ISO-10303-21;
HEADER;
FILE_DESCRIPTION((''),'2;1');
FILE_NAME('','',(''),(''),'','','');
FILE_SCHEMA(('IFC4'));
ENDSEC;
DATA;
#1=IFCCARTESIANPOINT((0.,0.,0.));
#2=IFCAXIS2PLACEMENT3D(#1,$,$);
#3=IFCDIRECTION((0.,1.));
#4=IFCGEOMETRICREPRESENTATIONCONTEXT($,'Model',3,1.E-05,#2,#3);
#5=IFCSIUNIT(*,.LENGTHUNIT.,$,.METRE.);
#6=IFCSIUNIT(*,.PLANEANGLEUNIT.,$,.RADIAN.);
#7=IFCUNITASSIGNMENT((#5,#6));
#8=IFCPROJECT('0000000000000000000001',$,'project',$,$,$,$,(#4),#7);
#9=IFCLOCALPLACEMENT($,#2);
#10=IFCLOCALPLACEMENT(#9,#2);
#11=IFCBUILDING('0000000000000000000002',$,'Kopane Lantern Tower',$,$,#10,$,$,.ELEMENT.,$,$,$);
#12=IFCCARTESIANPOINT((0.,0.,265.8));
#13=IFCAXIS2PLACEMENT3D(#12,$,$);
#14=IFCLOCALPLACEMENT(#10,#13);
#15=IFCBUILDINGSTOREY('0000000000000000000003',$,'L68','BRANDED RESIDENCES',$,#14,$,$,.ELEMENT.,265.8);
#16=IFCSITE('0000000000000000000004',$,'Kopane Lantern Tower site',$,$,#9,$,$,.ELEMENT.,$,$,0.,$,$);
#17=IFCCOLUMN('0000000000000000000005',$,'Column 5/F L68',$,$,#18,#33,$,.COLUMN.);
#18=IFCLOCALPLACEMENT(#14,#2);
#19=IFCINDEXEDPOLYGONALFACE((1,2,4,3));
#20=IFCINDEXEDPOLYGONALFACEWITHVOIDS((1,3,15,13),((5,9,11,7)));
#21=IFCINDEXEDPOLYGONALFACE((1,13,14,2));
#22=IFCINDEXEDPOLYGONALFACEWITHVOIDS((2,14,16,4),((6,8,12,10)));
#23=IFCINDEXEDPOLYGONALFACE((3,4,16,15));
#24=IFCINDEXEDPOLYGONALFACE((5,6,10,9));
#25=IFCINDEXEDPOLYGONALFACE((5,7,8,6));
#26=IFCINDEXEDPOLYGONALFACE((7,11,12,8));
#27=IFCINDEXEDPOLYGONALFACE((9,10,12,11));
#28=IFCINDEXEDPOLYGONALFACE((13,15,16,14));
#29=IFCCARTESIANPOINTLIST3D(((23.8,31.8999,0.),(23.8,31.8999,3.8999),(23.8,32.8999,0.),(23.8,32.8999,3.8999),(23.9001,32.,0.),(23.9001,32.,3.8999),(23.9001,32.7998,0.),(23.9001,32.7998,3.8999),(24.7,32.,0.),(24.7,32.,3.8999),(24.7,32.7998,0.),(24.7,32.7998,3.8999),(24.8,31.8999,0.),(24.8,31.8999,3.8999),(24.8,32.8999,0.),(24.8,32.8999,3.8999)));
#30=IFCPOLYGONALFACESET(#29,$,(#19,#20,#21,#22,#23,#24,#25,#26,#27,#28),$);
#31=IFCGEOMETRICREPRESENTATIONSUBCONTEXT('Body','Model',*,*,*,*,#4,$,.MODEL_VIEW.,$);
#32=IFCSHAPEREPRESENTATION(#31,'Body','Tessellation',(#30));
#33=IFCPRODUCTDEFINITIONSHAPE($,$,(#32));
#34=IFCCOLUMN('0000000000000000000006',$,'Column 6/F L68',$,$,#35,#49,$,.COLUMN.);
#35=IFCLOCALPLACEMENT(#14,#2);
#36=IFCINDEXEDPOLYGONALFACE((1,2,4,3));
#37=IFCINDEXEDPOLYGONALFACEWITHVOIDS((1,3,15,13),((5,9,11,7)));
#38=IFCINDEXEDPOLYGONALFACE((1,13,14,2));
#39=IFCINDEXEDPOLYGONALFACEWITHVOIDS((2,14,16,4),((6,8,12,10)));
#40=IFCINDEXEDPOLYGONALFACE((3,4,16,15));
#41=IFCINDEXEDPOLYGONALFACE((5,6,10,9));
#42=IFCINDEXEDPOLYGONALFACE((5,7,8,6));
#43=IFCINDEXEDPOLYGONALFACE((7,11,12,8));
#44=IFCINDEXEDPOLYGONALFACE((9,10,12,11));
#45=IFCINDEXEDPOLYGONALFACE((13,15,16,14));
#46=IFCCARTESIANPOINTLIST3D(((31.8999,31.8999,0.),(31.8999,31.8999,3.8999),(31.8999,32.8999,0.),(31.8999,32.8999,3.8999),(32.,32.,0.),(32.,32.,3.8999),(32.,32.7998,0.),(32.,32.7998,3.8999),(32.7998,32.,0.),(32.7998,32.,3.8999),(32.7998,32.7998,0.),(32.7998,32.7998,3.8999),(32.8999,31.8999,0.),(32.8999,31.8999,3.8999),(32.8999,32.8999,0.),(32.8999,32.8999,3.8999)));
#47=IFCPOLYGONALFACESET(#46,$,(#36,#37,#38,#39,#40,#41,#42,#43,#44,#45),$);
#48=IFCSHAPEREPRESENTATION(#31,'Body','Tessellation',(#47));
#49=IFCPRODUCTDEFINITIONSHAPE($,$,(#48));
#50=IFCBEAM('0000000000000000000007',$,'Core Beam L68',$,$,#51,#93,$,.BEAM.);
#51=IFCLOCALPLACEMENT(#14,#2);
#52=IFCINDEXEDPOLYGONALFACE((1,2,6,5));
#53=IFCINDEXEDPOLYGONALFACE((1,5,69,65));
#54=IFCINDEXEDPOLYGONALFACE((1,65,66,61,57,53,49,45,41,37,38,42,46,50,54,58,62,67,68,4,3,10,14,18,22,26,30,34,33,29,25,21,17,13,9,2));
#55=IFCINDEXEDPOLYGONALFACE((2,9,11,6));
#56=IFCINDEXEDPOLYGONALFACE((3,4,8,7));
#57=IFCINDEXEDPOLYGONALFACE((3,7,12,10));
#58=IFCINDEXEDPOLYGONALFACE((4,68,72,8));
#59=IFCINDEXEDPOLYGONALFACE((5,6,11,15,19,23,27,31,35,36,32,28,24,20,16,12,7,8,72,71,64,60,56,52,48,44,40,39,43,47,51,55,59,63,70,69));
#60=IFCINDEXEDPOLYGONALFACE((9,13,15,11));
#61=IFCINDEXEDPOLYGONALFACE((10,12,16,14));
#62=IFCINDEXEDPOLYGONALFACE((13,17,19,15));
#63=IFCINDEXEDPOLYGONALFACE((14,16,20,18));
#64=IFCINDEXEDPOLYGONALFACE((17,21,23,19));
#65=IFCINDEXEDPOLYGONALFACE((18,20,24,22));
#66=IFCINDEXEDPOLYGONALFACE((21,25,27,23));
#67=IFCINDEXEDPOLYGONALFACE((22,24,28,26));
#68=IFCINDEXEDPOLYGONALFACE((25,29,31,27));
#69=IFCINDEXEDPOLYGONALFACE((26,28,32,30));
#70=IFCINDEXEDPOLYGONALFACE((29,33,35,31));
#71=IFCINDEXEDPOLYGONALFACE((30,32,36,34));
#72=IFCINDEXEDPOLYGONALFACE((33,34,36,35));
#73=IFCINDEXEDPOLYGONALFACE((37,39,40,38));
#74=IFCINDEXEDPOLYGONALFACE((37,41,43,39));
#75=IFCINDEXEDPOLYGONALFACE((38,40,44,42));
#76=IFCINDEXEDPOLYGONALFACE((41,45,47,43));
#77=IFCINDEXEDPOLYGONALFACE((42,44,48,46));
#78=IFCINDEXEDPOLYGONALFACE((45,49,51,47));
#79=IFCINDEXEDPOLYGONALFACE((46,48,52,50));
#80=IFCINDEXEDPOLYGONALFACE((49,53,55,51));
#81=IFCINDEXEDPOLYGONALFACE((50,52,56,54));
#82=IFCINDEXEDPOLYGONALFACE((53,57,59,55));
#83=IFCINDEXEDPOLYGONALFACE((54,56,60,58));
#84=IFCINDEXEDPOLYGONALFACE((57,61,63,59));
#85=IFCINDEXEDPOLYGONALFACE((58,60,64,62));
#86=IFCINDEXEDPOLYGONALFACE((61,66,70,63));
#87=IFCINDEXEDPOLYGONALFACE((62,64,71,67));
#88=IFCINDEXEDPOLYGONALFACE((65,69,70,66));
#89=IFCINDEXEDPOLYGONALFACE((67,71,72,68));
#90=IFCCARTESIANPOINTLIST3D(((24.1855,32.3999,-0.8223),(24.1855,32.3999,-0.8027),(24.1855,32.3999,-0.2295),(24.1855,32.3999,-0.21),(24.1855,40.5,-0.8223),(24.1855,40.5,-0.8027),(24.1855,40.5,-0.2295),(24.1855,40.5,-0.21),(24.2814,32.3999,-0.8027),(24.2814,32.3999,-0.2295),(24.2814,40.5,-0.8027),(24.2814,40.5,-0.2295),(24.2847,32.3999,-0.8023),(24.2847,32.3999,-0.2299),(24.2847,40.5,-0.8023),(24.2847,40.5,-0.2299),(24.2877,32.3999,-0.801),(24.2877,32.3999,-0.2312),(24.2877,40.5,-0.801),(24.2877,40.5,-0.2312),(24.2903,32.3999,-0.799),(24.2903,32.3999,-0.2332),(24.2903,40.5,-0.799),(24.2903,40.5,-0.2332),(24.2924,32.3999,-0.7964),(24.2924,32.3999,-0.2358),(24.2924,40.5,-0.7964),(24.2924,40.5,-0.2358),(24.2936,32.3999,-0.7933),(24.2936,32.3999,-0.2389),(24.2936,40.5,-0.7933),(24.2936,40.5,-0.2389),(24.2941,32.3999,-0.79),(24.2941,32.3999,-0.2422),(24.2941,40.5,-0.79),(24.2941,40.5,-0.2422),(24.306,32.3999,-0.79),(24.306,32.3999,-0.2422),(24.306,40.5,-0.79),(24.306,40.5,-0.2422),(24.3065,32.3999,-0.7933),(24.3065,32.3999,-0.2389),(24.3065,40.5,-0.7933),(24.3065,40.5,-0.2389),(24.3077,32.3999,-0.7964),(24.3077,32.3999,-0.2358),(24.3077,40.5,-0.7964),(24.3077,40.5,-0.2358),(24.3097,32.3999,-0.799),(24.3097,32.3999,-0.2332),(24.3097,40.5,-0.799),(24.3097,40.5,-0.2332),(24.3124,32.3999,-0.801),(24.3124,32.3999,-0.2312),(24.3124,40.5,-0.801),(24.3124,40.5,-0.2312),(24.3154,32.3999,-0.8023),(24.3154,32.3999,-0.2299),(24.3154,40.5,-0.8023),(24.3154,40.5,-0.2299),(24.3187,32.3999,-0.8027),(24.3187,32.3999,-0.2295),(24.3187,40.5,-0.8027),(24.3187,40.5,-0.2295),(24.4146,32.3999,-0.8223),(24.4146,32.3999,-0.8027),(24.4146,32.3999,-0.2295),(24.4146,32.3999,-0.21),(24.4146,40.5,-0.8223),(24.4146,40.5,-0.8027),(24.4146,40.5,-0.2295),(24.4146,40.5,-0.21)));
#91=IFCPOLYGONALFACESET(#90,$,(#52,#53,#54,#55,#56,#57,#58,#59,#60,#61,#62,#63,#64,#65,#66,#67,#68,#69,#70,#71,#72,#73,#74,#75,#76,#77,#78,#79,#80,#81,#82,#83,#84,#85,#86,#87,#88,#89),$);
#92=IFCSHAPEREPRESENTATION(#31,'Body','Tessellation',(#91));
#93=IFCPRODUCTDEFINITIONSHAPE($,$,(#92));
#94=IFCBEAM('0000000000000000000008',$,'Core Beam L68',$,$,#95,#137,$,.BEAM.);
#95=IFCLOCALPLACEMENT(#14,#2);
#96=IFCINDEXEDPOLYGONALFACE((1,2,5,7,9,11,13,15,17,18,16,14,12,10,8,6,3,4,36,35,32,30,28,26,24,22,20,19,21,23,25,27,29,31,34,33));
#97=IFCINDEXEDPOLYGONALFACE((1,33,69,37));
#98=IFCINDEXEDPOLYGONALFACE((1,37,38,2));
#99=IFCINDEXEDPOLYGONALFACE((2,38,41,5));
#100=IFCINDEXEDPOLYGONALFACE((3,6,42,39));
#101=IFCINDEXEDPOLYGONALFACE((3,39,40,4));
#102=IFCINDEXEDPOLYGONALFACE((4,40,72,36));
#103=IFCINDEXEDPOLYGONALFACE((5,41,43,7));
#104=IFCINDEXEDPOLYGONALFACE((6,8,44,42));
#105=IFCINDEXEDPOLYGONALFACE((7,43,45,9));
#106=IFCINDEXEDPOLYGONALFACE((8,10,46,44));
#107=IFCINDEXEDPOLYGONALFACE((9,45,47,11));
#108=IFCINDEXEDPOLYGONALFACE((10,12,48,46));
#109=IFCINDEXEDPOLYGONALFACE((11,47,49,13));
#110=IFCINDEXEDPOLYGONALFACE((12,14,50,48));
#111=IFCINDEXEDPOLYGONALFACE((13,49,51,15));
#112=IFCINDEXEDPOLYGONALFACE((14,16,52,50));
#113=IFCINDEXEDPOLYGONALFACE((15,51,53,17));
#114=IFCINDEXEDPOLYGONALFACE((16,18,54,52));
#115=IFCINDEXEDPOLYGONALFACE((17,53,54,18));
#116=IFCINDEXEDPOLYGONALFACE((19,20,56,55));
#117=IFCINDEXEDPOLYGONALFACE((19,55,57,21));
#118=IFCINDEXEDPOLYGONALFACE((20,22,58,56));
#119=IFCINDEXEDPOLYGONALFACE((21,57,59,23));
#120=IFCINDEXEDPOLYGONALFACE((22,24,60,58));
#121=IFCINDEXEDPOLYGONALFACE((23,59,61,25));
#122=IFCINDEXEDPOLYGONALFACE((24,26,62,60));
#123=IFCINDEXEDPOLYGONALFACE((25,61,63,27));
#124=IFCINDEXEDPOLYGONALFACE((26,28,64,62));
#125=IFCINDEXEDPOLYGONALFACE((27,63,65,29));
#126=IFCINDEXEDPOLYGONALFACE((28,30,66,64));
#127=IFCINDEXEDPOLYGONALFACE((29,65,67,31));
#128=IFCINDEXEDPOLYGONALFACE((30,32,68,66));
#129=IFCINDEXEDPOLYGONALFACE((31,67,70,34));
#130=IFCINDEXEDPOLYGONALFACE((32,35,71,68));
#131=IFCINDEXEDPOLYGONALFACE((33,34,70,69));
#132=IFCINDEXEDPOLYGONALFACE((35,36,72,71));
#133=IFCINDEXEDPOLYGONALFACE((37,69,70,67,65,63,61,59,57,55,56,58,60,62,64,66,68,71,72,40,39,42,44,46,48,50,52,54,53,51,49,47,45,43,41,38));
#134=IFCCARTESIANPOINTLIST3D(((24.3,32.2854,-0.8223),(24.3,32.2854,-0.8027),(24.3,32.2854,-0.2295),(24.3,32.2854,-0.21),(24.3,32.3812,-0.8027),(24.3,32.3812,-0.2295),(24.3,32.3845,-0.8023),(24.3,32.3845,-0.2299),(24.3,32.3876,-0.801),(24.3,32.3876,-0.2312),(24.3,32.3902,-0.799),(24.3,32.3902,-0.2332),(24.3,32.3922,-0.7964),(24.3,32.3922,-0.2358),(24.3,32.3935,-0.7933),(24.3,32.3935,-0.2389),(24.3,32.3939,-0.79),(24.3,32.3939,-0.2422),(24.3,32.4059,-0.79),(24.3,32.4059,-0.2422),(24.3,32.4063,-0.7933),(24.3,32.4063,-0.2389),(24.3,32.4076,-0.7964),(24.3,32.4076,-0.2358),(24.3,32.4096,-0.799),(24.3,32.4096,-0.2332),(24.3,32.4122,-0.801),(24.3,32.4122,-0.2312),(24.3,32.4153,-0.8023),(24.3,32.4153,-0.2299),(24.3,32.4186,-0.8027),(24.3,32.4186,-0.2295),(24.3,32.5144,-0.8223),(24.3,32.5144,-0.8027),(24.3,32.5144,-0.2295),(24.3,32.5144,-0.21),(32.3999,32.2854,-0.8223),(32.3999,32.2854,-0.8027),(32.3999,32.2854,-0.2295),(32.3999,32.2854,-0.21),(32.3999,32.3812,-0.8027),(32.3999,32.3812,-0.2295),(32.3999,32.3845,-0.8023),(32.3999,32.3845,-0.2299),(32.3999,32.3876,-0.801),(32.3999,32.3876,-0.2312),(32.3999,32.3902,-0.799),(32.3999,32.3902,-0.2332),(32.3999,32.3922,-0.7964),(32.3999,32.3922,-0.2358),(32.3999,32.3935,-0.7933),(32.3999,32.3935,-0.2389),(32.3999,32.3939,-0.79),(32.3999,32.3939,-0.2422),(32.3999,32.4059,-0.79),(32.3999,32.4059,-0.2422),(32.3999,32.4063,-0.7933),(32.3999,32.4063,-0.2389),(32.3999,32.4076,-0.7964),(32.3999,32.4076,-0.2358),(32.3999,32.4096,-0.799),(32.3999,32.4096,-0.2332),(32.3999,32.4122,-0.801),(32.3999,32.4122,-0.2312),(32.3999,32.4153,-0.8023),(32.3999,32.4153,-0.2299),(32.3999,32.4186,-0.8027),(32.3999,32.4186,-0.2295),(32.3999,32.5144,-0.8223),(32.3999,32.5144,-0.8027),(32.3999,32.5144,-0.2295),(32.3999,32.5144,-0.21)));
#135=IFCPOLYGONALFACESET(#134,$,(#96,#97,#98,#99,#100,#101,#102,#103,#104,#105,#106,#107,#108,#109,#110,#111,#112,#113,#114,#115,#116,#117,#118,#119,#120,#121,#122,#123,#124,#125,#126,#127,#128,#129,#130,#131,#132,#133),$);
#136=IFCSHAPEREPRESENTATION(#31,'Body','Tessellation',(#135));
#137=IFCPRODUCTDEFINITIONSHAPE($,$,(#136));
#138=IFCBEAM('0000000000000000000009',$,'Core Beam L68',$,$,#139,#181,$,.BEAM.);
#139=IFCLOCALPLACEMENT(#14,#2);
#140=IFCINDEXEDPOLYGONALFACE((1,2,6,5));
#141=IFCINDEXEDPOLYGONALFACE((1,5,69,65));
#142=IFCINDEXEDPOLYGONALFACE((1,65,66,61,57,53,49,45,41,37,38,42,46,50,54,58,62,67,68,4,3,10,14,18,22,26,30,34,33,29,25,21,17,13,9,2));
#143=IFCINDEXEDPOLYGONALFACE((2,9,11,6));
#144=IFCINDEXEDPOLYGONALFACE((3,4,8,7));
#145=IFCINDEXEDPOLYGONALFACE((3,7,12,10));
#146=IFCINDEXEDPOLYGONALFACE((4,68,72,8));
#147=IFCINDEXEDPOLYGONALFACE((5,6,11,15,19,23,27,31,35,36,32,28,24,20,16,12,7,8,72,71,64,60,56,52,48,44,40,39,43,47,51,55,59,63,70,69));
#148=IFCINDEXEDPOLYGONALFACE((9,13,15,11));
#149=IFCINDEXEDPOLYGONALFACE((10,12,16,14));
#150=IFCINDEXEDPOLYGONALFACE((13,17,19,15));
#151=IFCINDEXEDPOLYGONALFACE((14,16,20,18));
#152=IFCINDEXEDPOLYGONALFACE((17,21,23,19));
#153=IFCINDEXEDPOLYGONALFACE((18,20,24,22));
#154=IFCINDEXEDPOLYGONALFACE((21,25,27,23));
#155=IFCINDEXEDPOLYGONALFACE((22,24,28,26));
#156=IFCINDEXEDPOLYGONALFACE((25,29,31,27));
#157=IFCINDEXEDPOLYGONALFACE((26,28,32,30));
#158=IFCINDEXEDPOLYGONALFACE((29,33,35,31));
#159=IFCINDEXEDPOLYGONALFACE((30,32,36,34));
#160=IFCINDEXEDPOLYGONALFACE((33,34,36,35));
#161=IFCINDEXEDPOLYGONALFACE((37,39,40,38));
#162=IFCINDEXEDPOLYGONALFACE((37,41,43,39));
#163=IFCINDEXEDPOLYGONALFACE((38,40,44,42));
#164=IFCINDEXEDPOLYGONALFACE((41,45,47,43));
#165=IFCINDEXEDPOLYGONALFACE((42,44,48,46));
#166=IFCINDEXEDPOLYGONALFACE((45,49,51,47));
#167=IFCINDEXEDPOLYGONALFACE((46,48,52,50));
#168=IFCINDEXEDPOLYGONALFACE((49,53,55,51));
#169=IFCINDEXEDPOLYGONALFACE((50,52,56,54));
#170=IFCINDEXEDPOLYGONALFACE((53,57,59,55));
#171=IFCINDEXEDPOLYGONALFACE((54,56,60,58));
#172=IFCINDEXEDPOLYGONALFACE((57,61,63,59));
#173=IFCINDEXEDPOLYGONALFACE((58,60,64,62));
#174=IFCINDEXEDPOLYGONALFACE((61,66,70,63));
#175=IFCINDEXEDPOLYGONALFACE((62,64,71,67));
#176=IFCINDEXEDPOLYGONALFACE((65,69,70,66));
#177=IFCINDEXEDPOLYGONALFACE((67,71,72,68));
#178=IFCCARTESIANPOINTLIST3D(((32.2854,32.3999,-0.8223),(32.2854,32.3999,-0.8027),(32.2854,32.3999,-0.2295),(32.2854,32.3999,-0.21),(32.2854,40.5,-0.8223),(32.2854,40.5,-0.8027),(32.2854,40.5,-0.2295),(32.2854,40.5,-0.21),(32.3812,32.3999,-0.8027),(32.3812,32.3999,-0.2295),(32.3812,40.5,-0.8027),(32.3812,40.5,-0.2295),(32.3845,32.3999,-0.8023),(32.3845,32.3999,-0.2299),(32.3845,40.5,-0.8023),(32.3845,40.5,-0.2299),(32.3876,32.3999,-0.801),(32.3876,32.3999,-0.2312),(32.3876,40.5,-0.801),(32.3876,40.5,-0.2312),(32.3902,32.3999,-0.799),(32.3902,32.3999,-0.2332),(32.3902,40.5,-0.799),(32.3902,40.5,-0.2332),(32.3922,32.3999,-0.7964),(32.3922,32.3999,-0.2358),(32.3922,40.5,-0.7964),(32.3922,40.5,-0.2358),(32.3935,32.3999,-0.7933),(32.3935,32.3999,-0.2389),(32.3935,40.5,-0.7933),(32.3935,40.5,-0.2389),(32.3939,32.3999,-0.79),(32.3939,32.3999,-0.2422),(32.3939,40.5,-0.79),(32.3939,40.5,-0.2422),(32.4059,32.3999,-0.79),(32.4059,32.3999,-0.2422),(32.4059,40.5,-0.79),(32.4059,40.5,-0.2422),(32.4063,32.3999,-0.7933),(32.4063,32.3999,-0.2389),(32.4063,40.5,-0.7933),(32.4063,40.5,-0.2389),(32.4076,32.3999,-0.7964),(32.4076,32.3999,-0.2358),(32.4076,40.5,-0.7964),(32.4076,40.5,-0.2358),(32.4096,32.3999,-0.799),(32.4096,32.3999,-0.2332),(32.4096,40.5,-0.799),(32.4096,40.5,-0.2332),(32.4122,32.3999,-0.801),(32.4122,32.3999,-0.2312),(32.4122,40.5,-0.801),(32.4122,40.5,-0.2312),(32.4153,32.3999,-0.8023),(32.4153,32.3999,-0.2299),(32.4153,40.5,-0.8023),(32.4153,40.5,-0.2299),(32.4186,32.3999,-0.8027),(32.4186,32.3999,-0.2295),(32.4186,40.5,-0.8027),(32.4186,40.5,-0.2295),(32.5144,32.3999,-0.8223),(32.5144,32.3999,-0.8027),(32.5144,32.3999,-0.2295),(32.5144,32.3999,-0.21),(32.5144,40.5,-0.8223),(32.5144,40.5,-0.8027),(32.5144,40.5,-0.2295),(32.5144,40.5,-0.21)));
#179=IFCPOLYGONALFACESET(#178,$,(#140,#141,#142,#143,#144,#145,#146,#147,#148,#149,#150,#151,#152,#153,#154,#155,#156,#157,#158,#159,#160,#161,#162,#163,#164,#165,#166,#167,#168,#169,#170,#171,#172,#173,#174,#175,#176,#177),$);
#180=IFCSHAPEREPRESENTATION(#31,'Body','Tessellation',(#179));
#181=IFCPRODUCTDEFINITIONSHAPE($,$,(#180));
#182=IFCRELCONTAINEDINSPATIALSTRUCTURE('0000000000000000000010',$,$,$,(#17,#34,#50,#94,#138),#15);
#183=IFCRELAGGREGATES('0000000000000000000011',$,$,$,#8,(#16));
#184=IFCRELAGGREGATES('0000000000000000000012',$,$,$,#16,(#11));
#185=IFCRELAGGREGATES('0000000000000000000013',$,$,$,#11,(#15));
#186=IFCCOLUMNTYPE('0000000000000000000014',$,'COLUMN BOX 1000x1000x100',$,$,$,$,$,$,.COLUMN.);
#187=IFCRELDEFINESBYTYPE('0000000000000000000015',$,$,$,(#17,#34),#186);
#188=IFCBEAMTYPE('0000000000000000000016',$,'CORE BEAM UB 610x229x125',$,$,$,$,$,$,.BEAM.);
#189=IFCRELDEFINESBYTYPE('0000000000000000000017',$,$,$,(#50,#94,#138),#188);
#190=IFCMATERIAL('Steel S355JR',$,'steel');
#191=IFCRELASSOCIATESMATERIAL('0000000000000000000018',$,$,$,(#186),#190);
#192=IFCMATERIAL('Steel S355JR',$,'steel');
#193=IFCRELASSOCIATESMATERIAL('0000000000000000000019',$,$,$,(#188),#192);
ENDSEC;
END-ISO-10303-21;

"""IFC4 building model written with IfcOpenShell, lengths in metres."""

from ifc_helpers import new_model, si_unit, direction, frame, origin, origin_2d, place, context, subcontext, project, spatial, hollow_rectangle, i_section, extrude, material, material_profile, profile_set, type_object, element, save


model = new_model("IFC4")

# Units and contexts
model_context = context("Model", 3, precision=1e-05, world=origin(), true_north=direction((0.0, 1.0)))
body_context = subcontext(model_context, "Body", "Model", "MODEL_VIEW")
ifc_project = project(units=[si_unit("LENGTHUNIT", "METRE"), si_unit("PLANEANGLEUNIT", "RADIAN")], contexts=[model_context])

# Site, building, storey
site_placement = place(None, origin())
site = spatial("IfcSite", under=ifc_project, at=site_placement, Name="Kopane Lantern Tower site", CompositionType="ELEMENT", RefElevation=0.0)
building_placement = place(site_placement, origin())
building = spatial("IfcBuilding", under=site, at=building_placement, Name="Kopane Lantern Tower", CompositionType="ELEMENT")
storey_placement = place(building_placement, frame((0.0, 0.0, 265.8)))
storey = spatial("IfcBuildingStorey", under=building, at=storey_placement, Name="L68", Description="BRANDED RESIDENCES", CompositionType="ELEMENT", Elevation=265.8)

# Columns
ifc_material_1 = material(Name="Steel S355JR", Category="steel")
ifc_material_profile_1 = material_profile(ifc_material_1, hollow_rectangle(XDim=1.0, YDim=1.0, WallThickness=0.1001, at=origin_2d()), Name="BOX 1000x1000x100")
ifc_profile_set_1 = profile_set([ifc_material_profile_1], Name="Steel S355JR")
column_type = type_object("IfcColumnType", Name="COLUMN BOX 1000x1000x100", PredefinedType="COLUMN", material=ifc_profile_set_1)
for number, where, z_axis, x_axis, name in (
    (1, (24.3, 32.3999, 0.0), (0.0, 0.0, 1.0), (1.0, 0.0, 0.0), "Column 5/F L68"),
    (2, (32.3999, 32.3999, 0.0), (0.0, 0.0, 1.0), (1.0, 0.0, 0.0), "Column 6/F L68"),
):
    element("IfcColumn", number, at=place(storey_placement, frame(where, z_axis=z_axis, x_axis=x_axis)), inside=storey, type_object=column_type, Name=name, PredefinedType="COLUMN", context=body_context, shape_type="SweptSolid", body=[
        extrude(hollow_rectangle(XDim=1.0, YDim=1.0, WallThickness=0.1001, at=origin_2d()), origin(), (0.0, 0.0, 1.0), 3.8999),
    ])

# Beams
ifc_material_2 = material(Name="Steel S355JR", Category="steel")
ifc_material_profile_2 = material_profile(ifc_material_2, i_section(OverallWidth=0.229, OverallDepth=0.6123, WebThickness=0.012, FlangeThickness=0.0195, FilletRadius=0.0127, at=origin_2d()), Name="UB 610x229x125")
ifc_profile_set_2 = profile_set([ifc_material_profile_2], Name="Steel S355JR")
beam_type = type_object("IfcBeamType", Name="CORE BEAM UB 610x229x125", PredefinedType="BEAM", material=ifc_profile_set_2)
beam_1_placement = place(storey_placement, frame((24.3, 32.3999, -0.5161), z_axis=(0.0, 1.0, 0.0), x_axis=(-1.0, 0.0, 0.0)))
element("IfcBeam", 3, at=beam_1_placement, inside=storey, type_object=beam_type, Name="Core Beam L68", PredefinedType="BEAM", context=body_context, shape_type="SweptSolid", body=[
    extrude(i_section(OverallWidth=0.229, OverallDepth=0.6123, WebThickness=0.012, FlangeThickness=0.0195, FilletRadius=0.0127, at=origin_2d()), origin(), (0.0, 0.0, 1.0), 8.1001),
])
beam_2_placement = place(storey_placement, frame((24.3, 32.3999, -0.5161), z_axis=(1.0, 0.0, 0.0), x_axis=(0.0, 1.0, 0.0)))
element("IfcBeam", 4, at=beam_2_placement, inside=storey, type_object=beam_type, Name="Core Beam L68", PredefinedType="BEAM", context=body_context, shape_type="SweptSolid", body=[
    extrude(i_section(OverallWidth=0.229, OverallDepth=0.6123, WebThickness=0.012, FlangeThickness=0.0195, FilletRadius=0.0127, at=origin_2d()), origin(), (0.0, 0.0, 1.0), 8.0999),
])
for number, where, z_axis, x_axis, name in (
    (5, (32.3999, 32.3999, -0.5161), (0.0, 1.0, 0.0), (-1.0, 0.0, 0.0), "Core Beam L68"),
):
    element("IfcBeam", number, at=place(storey_placement, frame(where, z_axis=z_axis, x_axis=x_axis)), inside=storey, type_object=beam_type, Name=name, PredefinedType="BEAM", context=body_context, shape_type="SweptSolid", body=[
        extrude(i_section(OverallWidth=0.229, OverallDepth=0.6123, WebThickness=0.012, FlangeThickness=0.0195, FilletRadius=0.0127, at=origin_2d()), origin(), (0.0, 0.0, 1.0), 8.1001),
    ])

save(model, "model.ifc")
